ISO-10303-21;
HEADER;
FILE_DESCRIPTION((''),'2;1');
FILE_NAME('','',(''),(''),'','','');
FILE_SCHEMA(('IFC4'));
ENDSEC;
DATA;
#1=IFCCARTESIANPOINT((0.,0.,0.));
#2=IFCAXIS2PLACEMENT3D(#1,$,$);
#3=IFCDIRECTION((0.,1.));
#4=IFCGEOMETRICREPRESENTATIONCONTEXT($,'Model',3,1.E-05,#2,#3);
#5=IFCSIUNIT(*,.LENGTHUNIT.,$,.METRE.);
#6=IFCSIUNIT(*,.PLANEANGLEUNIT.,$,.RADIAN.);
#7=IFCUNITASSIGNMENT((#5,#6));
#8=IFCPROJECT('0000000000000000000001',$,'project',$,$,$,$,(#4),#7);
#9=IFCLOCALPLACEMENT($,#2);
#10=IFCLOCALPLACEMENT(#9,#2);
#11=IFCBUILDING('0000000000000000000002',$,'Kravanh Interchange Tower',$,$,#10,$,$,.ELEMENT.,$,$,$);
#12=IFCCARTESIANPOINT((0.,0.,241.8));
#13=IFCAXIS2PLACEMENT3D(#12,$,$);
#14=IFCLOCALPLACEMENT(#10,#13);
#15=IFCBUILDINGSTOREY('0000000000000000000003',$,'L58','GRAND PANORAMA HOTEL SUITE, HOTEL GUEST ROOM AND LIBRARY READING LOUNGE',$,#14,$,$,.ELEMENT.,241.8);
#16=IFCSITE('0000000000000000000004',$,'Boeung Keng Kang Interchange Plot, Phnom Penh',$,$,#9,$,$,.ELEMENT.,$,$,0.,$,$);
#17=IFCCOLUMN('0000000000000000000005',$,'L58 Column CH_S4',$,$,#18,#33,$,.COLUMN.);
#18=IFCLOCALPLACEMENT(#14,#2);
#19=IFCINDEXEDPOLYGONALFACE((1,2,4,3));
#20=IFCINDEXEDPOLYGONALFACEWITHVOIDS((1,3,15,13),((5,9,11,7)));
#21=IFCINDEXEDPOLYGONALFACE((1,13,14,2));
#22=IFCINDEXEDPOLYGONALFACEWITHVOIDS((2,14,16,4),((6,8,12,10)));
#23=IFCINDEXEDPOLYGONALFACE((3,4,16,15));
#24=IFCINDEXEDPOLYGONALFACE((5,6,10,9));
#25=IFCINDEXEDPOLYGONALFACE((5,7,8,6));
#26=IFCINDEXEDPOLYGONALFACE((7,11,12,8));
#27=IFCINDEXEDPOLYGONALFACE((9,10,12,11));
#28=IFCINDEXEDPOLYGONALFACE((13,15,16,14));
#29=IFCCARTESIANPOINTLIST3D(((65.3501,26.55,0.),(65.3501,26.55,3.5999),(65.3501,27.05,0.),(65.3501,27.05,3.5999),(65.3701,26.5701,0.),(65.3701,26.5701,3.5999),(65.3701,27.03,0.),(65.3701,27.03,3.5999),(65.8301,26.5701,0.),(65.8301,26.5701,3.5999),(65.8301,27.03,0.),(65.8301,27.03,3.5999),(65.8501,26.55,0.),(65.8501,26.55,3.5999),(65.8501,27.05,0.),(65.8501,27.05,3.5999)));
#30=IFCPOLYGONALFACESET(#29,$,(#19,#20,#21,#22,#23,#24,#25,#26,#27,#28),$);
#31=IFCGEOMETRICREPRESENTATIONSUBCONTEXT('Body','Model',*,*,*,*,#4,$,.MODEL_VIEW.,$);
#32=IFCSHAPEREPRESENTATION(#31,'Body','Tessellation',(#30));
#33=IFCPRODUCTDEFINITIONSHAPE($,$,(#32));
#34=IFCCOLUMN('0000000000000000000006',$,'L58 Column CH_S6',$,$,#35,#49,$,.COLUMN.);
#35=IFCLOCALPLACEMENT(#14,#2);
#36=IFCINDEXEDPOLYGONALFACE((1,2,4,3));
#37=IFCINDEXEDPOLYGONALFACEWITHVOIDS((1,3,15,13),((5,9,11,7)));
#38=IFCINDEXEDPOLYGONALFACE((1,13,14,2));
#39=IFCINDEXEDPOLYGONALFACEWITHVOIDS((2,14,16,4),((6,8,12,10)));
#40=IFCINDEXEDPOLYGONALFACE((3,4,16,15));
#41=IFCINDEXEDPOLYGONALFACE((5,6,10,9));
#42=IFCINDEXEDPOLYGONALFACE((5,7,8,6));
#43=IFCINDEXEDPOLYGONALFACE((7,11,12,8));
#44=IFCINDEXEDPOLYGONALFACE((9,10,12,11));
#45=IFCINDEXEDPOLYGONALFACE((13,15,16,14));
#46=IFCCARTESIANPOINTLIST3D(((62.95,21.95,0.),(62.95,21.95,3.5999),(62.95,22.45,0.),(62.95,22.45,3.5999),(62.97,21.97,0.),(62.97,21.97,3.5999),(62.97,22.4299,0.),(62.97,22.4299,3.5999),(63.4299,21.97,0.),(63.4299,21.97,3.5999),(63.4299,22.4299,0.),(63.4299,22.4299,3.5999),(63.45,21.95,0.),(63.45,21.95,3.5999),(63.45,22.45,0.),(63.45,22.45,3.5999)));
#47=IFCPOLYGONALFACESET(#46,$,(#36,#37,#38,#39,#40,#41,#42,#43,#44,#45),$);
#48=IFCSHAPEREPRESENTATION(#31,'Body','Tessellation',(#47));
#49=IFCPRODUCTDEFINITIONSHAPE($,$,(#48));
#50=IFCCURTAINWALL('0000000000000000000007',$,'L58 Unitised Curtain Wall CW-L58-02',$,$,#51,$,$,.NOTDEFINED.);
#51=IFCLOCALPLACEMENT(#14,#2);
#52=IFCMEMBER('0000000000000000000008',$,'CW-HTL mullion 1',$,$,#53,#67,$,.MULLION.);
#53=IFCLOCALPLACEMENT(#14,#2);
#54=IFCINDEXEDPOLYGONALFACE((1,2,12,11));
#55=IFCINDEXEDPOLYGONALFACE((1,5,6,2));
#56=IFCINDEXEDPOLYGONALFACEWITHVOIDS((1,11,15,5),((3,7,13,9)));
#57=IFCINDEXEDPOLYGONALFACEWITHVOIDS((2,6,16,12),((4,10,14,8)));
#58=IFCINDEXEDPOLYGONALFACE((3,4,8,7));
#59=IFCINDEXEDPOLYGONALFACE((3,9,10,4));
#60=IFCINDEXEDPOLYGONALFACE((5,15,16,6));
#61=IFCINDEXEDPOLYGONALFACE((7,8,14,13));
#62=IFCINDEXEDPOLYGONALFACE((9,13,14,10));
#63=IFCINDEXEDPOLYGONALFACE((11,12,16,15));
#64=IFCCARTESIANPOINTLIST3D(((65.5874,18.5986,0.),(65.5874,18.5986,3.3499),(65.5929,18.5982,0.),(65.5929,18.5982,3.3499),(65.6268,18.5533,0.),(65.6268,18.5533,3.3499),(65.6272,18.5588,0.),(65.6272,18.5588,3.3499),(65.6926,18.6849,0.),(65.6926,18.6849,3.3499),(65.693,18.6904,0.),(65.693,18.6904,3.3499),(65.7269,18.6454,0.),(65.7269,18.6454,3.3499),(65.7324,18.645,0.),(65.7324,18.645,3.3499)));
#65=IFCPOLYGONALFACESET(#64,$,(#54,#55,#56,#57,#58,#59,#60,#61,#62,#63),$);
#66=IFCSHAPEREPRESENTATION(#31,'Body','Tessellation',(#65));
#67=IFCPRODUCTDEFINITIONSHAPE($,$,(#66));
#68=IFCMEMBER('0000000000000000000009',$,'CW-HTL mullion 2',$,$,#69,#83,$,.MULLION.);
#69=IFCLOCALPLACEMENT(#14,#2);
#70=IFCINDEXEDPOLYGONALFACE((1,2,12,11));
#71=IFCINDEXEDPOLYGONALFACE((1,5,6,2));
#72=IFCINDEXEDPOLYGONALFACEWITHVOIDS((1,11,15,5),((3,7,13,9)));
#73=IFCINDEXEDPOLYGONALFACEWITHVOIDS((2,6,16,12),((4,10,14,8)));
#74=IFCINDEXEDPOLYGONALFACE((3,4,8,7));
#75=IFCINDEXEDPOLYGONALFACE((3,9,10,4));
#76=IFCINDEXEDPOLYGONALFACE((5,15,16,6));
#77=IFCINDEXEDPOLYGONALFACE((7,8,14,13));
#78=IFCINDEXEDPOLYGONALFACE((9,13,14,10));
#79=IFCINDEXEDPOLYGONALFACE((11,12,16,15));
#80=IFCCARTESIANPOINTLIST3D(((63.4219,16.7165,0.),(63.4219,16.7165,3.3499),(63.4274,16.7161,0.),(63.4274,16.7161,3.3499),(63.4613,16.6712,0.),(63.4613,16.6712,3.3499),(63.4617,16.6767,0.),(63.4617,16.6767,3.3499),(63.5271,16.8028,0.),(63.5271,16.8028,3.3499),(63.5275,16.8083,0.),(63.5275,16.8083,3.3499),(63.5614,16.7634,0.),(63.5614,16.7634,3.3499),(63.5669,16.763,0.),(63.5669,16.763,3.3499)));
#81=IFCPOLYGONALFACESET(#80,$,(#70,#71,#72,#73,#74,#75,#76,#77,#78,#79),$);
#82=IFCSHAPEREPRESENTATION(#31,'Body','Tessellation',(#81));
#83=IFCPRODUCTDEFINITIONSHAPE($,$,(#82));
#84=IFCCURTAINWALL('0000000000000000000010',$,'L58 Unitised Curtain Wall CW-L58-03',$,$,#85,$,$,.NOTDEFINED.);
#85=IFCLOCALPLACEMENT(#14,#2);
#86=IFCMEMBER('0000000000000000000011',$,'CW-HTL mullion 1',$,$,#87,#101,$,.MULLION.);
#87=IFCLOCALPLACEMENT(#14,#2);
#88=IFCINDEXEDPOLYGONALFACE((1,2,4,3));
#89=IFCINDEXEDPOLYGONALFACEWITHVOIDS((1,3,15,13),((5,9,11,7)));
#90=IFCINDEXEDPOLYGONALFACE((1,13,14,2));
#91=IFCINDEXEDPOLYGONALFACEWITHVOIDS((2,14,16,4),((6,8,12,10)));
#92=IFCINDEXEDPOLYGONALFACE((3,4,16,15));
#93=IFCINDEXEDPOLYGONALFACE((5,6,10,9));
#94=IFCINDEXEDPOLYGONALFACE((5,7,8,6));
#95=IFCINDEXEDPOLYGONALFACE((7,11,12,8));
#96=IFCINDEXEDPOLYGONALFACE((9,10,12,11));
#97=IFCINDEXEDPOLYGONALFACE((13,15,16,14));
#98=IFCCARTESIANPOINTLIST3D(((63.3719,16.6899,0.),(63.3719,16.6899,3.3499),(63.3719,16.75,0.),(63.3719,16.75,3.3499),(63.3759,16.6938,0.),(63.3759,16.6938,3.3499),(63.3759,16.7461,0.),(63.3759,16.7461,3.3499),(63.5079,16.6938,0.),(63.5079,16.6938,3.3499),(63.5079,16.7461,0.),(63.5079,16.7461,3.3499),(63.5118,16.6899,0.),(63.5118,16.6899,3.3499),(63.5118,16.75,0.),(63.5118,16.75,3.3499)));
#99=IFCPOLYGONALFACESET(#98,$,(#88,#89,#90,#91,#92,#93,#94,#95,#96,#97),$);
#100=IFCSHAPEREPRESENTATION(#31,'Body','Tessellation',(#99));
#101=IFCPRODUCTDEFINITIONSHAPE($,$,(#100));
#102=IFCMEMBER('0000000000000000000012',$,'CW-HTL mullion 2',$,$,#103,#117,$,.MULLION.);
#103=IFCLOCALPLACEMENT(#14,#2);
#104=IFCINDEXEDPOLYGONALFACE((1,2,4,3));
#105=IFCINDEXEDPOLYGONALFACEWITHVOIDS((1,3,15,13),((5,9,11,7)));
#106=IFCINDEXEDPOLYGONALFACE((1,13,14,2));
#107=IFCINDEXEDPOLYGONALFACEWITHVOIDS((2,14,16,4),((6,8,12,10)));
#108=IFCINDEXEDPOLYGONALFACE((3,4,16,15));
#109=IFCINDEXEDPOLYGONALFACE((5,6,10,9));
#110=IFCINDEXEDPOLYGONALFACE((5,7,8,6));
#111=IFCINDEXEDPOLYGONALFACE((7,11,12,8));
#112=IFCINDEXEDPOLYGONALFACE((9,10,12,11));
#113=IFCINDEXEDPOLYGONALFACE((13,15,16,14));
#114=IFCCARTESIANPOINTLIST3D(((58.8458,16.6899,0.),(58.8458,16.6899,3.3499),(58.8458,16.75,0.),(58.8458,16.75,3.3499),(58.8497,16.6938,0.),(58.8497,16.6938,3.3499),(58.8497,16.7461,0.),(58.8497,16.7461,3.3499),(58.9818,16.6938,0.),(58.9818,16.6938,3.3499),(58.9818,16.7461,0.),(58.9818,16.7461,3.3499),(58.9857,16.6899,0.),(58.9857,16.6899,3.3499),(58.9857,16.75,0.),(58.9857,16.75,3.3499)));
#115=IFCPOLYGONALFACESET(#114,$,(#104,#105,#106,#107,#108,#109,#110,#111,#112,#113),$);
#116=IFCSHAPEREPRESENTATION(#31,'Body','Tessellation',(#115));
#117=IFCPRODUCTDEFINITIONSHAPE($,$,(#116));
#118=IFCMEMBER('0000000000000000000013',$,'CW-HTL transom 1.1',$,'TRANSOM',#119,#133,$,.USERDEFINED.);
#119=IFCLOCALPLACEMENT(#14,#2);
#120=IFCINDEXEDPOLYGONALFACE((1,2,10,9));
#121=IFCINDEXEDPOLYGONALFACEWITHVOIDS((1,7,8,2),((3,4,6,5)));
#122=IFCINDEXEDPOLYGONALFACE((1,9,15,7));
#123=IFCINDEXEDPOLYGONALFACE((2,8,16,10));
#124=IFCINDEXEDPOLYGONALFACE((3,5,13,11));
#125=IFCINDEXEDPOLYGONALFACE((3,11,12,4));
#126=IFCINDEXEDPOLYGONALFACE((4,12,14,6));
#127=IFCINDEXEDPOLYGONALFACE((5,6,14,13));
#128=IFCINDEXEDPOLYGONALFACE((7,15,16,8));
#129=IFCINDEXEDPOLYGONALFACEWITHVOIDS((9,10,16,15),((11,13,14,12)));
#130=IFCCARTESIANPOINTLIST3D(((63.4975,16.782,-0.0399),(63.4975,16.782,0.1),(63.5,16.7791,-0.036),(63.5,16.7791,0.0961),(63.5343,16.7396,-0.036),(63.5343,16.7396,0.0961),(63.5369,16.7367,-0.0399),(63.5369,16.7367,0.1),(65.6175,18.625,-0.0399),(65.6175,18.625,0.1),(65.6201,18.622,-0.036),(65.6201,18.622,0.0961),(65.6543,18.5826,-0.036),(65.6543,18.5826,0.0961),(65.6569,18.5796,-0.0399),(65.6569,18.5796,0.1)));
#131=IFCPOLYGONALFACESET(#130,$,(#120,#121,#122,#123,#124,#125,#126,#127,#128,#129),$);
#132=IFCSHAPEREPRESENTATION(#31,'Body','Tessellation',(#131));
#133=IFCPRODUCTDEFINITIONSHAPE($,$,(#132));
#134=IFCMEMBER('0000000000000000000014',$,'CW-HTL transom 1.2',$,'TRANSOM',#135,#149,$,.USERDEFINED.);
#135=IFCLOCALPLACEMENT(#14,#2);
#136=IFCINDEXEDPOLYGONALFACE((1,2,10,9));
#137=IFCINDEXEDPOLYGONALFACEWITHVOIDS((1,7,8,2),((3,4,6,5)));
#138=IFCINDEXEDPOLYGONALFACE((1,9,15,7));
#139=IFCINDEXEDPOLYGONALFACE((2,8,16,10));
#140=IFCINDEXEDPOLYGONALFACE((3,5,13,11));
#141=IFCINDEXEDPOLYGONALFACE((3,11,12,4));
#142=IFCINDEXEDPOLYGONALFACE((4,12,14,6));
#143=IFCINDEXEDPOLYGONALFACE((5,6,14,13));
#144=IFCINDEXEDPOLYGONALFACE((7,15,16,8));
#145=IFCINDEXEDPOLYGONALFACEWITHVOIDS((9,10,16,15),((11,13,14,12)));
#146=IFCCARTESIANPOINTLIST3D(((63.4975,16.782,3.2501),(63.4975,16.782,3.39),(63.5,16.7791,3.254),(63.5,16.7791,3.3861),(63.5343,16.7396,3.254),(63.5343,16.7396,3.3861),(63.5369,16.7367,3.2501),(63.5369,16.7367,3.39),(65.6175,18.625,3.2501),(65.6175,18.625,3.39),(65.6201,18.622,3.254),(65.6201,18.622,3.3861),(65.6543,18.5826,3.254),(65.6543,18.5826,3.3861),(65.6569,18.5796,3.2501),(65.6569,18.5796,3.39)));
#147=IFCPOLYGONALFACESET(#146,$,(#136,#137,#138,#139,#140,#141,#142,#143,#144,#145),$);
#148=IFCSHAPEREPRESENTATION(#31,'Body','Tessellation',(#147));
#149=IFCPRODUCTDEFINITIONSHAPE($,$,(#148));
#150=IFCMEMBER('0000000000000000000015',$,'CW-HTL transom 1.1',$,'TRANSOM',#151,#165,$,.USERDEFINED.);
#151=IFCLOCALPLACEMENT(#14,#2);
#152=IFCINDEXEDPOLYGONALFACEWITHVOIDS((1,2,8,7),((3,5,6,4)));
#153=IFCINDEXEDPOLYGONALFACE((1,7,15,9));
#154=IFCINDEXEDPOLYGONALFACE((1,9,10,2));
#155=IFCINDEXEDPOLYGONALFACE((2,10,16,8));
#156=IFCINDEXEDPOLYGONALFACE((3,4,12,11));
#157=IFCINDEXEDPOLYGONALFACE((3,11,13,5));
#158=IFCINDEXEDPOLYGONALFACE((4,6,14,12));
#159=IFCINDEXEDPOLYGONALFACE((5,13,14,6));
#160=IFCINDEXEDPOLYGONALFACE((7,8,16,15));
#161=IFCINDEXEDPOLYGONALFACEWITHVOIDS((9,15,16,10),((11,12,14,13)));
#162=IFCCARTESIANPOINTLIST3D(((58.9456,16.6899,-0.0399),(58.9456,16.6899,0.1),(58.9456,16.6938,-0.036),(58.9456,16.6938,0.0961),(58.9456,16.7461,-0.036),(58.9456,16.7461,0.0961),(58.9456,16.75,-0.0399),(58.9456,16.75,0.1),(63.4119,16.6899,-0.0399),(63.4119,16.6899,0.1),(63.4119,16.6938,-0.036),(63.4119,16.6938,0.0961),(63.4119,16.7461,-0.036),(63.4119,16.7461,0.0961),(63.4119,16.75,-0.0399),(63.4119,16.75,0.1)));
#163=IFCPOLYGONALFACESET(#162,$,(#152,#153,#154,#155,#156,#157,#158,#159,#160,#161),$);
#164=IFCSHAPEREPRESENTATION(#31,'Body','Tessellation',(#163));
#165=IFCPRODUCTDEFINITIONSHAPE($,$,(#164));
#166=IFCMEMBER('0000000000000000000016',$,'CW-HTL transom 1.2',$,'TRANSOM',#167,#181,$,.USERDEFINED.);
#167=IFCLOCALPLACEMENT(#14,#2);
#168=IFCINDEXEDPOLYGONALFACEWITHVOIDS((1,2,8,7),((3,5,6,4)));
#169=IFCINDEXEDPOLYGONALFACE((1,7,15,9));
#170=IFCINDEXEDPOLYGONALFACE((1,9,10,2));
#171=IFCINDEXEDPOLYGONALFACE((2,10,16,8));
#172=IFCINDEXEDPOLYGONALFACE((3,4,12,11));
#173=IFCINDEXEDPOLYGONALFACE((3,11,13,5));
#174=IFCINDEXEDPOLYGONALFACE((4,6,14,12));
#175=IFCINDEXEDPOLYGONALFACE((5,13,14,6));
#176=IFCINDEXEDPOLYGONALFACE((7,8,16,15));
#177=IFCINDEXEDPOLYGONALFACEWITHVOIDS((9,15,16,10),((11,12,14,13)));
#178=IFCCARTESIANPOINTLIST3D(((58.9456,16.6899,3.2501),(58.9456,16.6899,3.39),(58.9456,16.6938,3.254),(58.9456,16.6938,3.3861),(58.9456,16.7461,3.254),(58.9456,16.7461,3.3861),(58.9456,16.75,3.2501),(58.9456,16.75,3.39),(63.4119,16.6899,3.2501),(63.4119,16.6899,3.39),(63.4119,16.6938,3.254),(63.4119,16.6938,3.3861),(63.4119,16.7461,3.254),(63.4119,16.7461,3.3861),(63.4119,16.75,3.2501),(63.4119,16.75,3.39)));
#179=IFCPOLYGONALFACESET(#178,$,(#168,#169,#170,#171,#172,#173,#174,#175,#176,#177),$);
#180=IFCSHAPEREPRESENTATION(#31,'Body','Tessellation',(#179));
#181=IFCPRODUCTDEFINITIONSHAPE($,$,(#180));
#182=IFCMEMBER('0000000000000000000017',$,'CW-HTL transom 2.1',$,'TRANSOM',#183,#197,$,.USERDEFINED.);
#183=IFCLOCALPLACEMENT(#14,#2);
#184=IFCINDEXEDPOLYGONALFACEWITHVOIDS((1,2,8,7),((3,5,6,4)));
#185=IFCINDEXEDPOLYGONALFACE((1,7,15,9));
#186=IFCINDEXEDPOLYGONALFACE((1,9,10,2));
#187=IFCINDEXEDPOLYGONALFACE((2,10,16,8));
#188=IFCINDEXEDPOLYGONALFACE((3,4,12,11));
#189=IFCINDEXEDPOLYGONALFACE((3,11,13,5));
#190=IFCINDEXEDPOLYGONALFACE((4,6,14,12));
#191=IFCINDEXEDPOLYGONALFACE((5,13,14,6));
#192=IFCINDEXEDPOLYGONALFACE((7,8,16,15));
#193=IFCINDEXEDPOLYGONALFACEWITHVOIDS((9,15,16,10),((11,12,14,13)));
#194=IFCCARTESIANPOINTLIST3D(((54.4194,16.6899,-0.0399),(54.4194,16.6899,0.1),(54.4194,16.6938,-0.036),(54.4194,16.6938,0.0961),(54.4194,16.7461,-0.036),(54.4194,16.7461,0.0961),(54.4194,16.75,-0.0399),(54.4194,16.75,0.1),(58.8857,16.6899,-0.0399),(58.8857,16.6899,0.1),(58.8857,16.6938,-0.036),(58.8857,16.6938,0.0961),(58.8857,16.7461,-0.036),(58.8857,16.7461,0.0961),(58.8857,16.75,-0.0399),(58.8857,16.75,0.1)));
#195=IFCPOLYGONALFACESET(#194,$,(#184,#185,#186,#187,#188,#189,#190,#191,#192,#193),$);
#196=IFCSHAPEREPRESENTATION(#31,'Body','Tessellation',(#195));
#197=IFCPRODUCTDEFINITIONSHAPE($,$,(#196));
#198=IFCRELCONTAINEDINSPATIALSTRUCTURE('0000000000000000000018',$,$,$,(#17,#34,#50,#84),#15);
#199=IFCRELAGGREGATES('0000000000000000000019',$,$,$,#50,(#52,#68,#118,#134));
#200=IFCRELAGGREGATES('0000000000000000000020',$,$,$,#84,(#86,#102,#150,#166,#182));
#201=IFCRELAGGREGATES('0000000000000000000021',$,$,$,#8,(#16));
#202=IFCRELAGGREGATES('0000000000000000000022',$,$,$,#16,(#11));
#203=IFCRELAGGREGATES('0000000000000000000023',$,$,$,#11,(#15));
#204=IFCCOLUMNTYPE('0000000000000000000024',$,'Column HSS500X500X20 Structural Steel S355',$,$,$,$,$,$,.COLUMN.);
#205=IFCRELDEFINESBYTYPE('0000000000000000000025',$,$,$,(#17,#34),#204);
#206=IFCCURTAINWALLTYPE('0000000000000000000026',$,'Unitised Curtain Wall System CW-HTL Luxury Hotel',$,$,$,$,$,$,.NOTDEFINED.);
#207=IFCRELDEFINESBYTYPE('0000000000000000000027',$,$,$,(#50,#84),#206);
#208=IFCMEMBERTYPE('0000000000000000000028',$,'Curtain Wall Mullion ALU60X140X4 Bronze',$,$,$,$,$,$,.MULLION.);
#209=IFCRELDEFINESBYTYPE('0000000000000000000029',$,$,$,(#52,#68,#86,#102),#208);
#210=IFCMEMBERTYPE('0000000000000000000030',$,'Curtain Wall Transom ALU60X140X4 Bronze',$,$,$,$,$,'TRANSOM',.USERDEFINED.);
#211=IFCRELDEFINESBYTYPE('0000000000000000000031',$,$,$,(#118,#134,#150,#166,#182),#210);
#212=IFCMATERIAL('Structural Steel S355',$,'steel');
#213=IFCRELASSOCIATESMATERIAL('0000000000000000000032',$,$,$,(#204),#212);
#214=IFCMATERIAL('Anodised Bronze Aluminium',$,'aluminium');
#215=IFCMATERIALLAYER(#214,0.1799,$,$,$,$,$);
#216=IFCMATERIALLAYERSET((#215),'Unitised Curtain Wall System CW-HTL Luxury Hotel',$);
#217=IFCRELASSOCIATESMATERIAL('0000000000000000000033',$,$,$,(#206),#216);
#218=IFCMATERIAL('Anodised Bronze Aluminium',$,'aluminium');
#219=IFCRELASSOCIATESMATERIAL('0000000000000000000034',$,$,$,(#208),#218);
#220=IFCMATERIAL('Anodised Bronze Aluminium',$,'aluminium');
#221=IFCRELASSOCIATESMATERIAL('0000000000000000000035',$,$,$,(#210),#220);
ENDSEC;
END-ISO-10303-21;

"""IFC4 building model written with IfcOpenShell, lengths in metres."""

from ifc_helpers import new_model, si_unit, direction, frame, origin, origin_2d, place, context, subcontext, project, spatial, hollow_rectangle, extrude, material, layer, layer_set, material_profile, profile_set, type_object, element, aggregate, save


model = new_model("IFC4")

# Units and contexts
model_context = context("Model", 3, precision=1e-05, world=origin(), true_north=direction((0.0, 1.0)))
body_context = subcontext(model_context, "Body", "Model", "MODEL_VIEW")
ifc_project = project(units=[si_unit("LENGTHUNIT", "METRE"), si_unit("PLANEANGLEUNIT", "RADIAN")], contexts=[model_context])

# Site, building, storey
site_placement = place(None, origin())
site = spatial("IfcSite", under=ifc_project, at=site_placement, Name="Boeung Keng Kang Interchange Plot, Phnom Penh", CompositionType="ELEMENT", RefElevation=0.0)
building_placement = place(site_placement, origin())
building = spatial("IfcBuilding", under=site, at=building_placement, Name="Kravanh Interchange Tower", CompositionType="ELEMENT")
storey_placement = place(building_placement, frame((0.0, 0.0, 241.8)))
storey = spatial("IfcBuildingStorey", under=building, at=storey_placement, Name="L58", Description="GRAND PANORAMA HOTEL SUITE, HOTEL GUEST ROOM AND LIBRARY READING LOUNGE", CompositionType="ELEMENT", Elevation=241.8)

# Columns
ifc_material_1 = material(Name="Structural Steel S355", Category="steel")
ifc_material_profile_1 = material_profile(ifc_material_1, hollow_rectangle(XDim=0.5, YDim=0.5, WallThickness=0.02, at=origin_2d()), Name="HSS500X500X20")
ifc_profile_set_1 = profile_set([ifc_material_profile_1], Name="Structural Steel S355")
column_type = type_object("IfcColumnType", Name="Column HSS500X500X20 Structural Steel S355", PredefinedType="COLUMN", material=ifc_profile_set_1)
for number, where, z_axis, x_axis, name in (
    (1, (65.6001, 26.8, 0.0), (0.0, 0.0, 1.0), (1.0, 0.0, 0.0), "L58 Column CH_S4"),
    (2, (63.2, 22.2, 0.0), (0.0, 0.0, 1.0), (1.0, 0.0, 0.0), "L58 Column CH_S6"),
):
    element("IfcColumn", number, at=place(storey_placement, frame(where, z_axis=z_axis, x_axis=x_axis)), inside=storey, type_object=column_type, Name=name, PredefinedType="COLUMN", context=body_context, shape_type="SweptSolid", body=[
        extrude(hollow_rectangle(XDim=0.5, YDim=0.5, WallThickness=0.02, at=origin_2d()), origin(), (0.0, 0.0, 1.0), 3.5999),
    ])

# Curtain walls, members
ifc_material_2 = material(Name="Anodised Bronze Aluminium", Category="aluminium")
ifc_layer_1 = layer(ifc_material_2, 0.1799)
ifc_layer_set_1 = layer_set([ifc_layer_1], Name="Unitised Curtain Wall System CW-HTL Luxury Hotel")
curtain_wall_type = type_object("IfcCurtainWallType", Name="Unitised Curtain Wall System CW-HTL Luxury Hotel", PredefinedType="NOTDEFINED", material=ifc_layer_set_1)
curtain_wall_1_placement = place(storey_placement, origin())
curtain_wall_1 = element("IfcCurtainWall", 3, at=curtain_wall_1_placement, inside=storey, type_object=curtain_wall_type, Name="L58 Unitised Curtain Wall CW-L58-02", PredefinedType="NOTDEFINED")
ifc_material_3 = material(Name="Anodised Bronze Aluminium", Category="aluminium")
ifc_material_profile_2 = material_profile(ifc_material_3, hollow_rectangle(XDim=0.0601, YDim=0.1399, WallThickness=0.0039, at=origin_2d()), Name="ALU60X140X4")
ifc_profile_set_2 = profile_set([ifc_material_profile_2], Name="Anodised Bronze Aluminium")
member_type_1 = type_object("IfcMemberType", Name="Curtain Wall Mullion ALU60X140X4 Bronze", PredefinedType="MULLION", material=ifc_profile_set_2)
member_1_placement = place(storey_placement, frame((65.6599, 18.6218, 0.0), z_axis=(0.0, 0.0, 1.0), x_axis=(0.656033, -0.754732, 0.0)))
member_1 = element("IfcMember", 4, at=member_1_placement, type_object=member_type_1, Name="CW-HTL mullion 1", PredefinedType="MULLION", context=body_context, shape_type="SweptSolid", body=[
    extrude(hollow_rectangle(XDim=0.0601, YDim=0.1399, WallThickness=0.0039, at=origin_2d()), origin(), (0.0, 0.0, 1.0), 3.3499),
])
member_2_placement = place(storey_placement, frame((63.4944, 16.7397, 0.0), z_axis=(0.0, 0.0, 1.0), x_axis=(0.656033, -0.754732, 0.0)))
member_2 = element("IfcMember", 5, at=member_2_placement, type_object=member_type_1, Name="CW-HTL mullion 2", PredefinedType="MULLION", context=body_context, shape_type="SweptSolid", body=[
    extrude(hollow_rectangle(XDim=0.0601, YDim=0.1399, WallThickness=0.0039, at=origin_2d()), origin(), (0.0, 0.0, 1.0), 3.3499),
])
curtain_wall_2_placement = place(storey_placement, origin())
curtain_wall_2 = element("IfcCurtainWall", 6, at=curtain_wall_2_placement, inside=storey, type_object=curtain_wall_type, Name="L58 Unitised Curtain Wall CW-L58-03", PredefinedType="NOTDEFINED")
member_3_placement = place(storey_placement, frame((63.4419, 16.72, 0.0), z_axis=(0.0, 0.0, 1.0), x_axis=(0.0, -1.0, 0.0)))
member_3 = element("IfcMember", 7, at=member_3_placement, type_object=member_type_1, Name="CW-HTL mullion 1", PredefinedType="MULLION", context=body_context, shape_type="SweptSolid", body=[
    extrude(hollow_rectangle(XDim=0.0601, YDim=0.1399, WallThickness=0.0039, at=origin_2d()), origin(), (0.0, 0.0, 1.0), 3.3499),
])
member_4_placement = place(storey_placement, frame((58.9158, 16.72, 0.0), z_axis=(0.0, 0.0, 1.0), x_axis=(0.0, -1.0, 0.0)))
member_4 = element("IfcMember", 8, at=member_4_placement, type_object=member_type_1, Name="CW-HTL mullion 2", PredefinedType="MULLION", context=body_context, shape_type="SweptSolid", body=[
    extrude(hollow_rectangle(XDim=0.0601, YDim=0.1399, WallThickness=0.0039, at=origin_2d()), origin(), (0.0, 0.0, 1.0), 3.3499),
])

# Members
ifc_material_4 = material(Name="Anodised Bronze Aluminium", Category="aluminium")
ifc_material_profile_3 = material_profile(ifc_material_4, hollow_rectangle(XDim=0.0601, YDim=0.1399, WallThickness=0.0039, at=origin_2d()), Name="ALU60X140X4")
ifc_profile_set_3 = profile_set([ifc_material_profile_3], Name="Anodised Bronze Aluminium")
member_type_2 = type_object("IfcMemberType", Name="Curtain Wall Transom ALU60X140X4 Bronze", ElementType="TRANSOM", PredefinedType="USERDEFINED", material=ifc_profile_set_3)
member_5_placement = place(storey_placement, frame((65.6372, 18.6023, 0.03), z_axis=(-0.754705, -0.656065, 0.0), x_axis=(0.656065, -0.754705, 0.0)))
member_5 = element("IfcMember", 9, at=member_5_placement, type_object=member_type_2, Name="CW-HTL transom 1.1", ObjectType="TRANSOM", PredefinedType="USERDEFINED", context=body_context, shape_type="SweptSolid", body=[
    extrude(hollow_rectangle(XDim=0.0601, YDim=0.1399, WallThickness=0.0039, at=origin_2d()), origin(), (0.0, 0.0, 1.0), 2.8091),
])
member_6_placement = place(storey_placement, frame((65.6372, 18.6023, 3.3201), z_axis=(-0.754705, -0.656065, 0.0), x_axis=(0.656065, -0.754705, 0.0)))
member_6 = element("IfcMember", 10, at=member_6_placement, type_object=member_type_2, Name="CW-HTL transom 1.2", ObjectType="TRANSOM", PredefinedType="USERDEFINED", context=body_context, shape_type="SweptSolid", body=[
    extrude(hollow_rectangle(XDim=0.0601, YDim=0.1399, WallThickness=0.0039, at=origin_2d()), origin(), (0.0, 0.0, 1.0), 2.8091),
])
member_7_placement = place(storey_placement, frame((63.4119, 16.72, 0.03), z_axis=(-1.0, 0.0, 0.0), x_axis=(0.0, -1.0, 0.0)))
member_7 = element("IfcMember", 11, at=member_7_placement, type_object=member_type_2, Name="CW-HTL transom 1.1", ObjectType="TRANSOM", PredefinedType="USERDEFINED", context=body_context, shape_type="SweptSolid", body=[
    extrude(hollow_rectangle(XDim=0.0601, YDim=0.1399, WallThickness=0.0039, at=origin_2d()), origin(), (0.0, 0.0, 1.0), 4.4663),
])
member_8_placement = place(storey_placement, frame((63.4119, 16.72, 3.3201), z_axis=(-1.0, 0.0, 0.0), x_axis=(0.0, -1.0, 0.0)))
member_8 = element("IfcMember", 12, at=member_8_placement, type_object=member_type_2, Name="CW-HTL transom 1.2", ObjectType="TRANSOM", PredefinedType="USERDEFINED", context=body_context, shape_type="SweptSolid", body=[
    extrude(hollow_rectangle(XDim=0.0601, YDim=0.1399, WallThickness=0.0039, at=origin_2d()), origin(), (0.0, 0.0, 1.0), 4.4663),
])
member_9_placement = place(storey_placement, frame((58.8857, 16.72, 0.03), z_axis=(-1.0, 0.0, 0.0), x_axis=(0.0, -1.0, 0.0)))
member_9 = element("IfcMember", 13, at=member_9_placement, type_object=member_type_2, Name="CW-HTL transom 2.1", ObjectType="TRANSOM", PredefinedType="USERDEFINED", context=body_context, shape_type="SweptSolid", body=[
    extrude(hollow_rectangle(XDim=0.0601, YDim=0.1399, WallThickness=0.0039, at=origin_2d()), origin(), (0.0, 0.0, 1.0), 4.4663),
])

aggregate(curtain_wall_1, [member_1, member_2, member_5, member_6])
aggregate(curtain_wall_2, [member_3, member_4, member_7, member_8, member_9])

save(model, "model.ifc")
